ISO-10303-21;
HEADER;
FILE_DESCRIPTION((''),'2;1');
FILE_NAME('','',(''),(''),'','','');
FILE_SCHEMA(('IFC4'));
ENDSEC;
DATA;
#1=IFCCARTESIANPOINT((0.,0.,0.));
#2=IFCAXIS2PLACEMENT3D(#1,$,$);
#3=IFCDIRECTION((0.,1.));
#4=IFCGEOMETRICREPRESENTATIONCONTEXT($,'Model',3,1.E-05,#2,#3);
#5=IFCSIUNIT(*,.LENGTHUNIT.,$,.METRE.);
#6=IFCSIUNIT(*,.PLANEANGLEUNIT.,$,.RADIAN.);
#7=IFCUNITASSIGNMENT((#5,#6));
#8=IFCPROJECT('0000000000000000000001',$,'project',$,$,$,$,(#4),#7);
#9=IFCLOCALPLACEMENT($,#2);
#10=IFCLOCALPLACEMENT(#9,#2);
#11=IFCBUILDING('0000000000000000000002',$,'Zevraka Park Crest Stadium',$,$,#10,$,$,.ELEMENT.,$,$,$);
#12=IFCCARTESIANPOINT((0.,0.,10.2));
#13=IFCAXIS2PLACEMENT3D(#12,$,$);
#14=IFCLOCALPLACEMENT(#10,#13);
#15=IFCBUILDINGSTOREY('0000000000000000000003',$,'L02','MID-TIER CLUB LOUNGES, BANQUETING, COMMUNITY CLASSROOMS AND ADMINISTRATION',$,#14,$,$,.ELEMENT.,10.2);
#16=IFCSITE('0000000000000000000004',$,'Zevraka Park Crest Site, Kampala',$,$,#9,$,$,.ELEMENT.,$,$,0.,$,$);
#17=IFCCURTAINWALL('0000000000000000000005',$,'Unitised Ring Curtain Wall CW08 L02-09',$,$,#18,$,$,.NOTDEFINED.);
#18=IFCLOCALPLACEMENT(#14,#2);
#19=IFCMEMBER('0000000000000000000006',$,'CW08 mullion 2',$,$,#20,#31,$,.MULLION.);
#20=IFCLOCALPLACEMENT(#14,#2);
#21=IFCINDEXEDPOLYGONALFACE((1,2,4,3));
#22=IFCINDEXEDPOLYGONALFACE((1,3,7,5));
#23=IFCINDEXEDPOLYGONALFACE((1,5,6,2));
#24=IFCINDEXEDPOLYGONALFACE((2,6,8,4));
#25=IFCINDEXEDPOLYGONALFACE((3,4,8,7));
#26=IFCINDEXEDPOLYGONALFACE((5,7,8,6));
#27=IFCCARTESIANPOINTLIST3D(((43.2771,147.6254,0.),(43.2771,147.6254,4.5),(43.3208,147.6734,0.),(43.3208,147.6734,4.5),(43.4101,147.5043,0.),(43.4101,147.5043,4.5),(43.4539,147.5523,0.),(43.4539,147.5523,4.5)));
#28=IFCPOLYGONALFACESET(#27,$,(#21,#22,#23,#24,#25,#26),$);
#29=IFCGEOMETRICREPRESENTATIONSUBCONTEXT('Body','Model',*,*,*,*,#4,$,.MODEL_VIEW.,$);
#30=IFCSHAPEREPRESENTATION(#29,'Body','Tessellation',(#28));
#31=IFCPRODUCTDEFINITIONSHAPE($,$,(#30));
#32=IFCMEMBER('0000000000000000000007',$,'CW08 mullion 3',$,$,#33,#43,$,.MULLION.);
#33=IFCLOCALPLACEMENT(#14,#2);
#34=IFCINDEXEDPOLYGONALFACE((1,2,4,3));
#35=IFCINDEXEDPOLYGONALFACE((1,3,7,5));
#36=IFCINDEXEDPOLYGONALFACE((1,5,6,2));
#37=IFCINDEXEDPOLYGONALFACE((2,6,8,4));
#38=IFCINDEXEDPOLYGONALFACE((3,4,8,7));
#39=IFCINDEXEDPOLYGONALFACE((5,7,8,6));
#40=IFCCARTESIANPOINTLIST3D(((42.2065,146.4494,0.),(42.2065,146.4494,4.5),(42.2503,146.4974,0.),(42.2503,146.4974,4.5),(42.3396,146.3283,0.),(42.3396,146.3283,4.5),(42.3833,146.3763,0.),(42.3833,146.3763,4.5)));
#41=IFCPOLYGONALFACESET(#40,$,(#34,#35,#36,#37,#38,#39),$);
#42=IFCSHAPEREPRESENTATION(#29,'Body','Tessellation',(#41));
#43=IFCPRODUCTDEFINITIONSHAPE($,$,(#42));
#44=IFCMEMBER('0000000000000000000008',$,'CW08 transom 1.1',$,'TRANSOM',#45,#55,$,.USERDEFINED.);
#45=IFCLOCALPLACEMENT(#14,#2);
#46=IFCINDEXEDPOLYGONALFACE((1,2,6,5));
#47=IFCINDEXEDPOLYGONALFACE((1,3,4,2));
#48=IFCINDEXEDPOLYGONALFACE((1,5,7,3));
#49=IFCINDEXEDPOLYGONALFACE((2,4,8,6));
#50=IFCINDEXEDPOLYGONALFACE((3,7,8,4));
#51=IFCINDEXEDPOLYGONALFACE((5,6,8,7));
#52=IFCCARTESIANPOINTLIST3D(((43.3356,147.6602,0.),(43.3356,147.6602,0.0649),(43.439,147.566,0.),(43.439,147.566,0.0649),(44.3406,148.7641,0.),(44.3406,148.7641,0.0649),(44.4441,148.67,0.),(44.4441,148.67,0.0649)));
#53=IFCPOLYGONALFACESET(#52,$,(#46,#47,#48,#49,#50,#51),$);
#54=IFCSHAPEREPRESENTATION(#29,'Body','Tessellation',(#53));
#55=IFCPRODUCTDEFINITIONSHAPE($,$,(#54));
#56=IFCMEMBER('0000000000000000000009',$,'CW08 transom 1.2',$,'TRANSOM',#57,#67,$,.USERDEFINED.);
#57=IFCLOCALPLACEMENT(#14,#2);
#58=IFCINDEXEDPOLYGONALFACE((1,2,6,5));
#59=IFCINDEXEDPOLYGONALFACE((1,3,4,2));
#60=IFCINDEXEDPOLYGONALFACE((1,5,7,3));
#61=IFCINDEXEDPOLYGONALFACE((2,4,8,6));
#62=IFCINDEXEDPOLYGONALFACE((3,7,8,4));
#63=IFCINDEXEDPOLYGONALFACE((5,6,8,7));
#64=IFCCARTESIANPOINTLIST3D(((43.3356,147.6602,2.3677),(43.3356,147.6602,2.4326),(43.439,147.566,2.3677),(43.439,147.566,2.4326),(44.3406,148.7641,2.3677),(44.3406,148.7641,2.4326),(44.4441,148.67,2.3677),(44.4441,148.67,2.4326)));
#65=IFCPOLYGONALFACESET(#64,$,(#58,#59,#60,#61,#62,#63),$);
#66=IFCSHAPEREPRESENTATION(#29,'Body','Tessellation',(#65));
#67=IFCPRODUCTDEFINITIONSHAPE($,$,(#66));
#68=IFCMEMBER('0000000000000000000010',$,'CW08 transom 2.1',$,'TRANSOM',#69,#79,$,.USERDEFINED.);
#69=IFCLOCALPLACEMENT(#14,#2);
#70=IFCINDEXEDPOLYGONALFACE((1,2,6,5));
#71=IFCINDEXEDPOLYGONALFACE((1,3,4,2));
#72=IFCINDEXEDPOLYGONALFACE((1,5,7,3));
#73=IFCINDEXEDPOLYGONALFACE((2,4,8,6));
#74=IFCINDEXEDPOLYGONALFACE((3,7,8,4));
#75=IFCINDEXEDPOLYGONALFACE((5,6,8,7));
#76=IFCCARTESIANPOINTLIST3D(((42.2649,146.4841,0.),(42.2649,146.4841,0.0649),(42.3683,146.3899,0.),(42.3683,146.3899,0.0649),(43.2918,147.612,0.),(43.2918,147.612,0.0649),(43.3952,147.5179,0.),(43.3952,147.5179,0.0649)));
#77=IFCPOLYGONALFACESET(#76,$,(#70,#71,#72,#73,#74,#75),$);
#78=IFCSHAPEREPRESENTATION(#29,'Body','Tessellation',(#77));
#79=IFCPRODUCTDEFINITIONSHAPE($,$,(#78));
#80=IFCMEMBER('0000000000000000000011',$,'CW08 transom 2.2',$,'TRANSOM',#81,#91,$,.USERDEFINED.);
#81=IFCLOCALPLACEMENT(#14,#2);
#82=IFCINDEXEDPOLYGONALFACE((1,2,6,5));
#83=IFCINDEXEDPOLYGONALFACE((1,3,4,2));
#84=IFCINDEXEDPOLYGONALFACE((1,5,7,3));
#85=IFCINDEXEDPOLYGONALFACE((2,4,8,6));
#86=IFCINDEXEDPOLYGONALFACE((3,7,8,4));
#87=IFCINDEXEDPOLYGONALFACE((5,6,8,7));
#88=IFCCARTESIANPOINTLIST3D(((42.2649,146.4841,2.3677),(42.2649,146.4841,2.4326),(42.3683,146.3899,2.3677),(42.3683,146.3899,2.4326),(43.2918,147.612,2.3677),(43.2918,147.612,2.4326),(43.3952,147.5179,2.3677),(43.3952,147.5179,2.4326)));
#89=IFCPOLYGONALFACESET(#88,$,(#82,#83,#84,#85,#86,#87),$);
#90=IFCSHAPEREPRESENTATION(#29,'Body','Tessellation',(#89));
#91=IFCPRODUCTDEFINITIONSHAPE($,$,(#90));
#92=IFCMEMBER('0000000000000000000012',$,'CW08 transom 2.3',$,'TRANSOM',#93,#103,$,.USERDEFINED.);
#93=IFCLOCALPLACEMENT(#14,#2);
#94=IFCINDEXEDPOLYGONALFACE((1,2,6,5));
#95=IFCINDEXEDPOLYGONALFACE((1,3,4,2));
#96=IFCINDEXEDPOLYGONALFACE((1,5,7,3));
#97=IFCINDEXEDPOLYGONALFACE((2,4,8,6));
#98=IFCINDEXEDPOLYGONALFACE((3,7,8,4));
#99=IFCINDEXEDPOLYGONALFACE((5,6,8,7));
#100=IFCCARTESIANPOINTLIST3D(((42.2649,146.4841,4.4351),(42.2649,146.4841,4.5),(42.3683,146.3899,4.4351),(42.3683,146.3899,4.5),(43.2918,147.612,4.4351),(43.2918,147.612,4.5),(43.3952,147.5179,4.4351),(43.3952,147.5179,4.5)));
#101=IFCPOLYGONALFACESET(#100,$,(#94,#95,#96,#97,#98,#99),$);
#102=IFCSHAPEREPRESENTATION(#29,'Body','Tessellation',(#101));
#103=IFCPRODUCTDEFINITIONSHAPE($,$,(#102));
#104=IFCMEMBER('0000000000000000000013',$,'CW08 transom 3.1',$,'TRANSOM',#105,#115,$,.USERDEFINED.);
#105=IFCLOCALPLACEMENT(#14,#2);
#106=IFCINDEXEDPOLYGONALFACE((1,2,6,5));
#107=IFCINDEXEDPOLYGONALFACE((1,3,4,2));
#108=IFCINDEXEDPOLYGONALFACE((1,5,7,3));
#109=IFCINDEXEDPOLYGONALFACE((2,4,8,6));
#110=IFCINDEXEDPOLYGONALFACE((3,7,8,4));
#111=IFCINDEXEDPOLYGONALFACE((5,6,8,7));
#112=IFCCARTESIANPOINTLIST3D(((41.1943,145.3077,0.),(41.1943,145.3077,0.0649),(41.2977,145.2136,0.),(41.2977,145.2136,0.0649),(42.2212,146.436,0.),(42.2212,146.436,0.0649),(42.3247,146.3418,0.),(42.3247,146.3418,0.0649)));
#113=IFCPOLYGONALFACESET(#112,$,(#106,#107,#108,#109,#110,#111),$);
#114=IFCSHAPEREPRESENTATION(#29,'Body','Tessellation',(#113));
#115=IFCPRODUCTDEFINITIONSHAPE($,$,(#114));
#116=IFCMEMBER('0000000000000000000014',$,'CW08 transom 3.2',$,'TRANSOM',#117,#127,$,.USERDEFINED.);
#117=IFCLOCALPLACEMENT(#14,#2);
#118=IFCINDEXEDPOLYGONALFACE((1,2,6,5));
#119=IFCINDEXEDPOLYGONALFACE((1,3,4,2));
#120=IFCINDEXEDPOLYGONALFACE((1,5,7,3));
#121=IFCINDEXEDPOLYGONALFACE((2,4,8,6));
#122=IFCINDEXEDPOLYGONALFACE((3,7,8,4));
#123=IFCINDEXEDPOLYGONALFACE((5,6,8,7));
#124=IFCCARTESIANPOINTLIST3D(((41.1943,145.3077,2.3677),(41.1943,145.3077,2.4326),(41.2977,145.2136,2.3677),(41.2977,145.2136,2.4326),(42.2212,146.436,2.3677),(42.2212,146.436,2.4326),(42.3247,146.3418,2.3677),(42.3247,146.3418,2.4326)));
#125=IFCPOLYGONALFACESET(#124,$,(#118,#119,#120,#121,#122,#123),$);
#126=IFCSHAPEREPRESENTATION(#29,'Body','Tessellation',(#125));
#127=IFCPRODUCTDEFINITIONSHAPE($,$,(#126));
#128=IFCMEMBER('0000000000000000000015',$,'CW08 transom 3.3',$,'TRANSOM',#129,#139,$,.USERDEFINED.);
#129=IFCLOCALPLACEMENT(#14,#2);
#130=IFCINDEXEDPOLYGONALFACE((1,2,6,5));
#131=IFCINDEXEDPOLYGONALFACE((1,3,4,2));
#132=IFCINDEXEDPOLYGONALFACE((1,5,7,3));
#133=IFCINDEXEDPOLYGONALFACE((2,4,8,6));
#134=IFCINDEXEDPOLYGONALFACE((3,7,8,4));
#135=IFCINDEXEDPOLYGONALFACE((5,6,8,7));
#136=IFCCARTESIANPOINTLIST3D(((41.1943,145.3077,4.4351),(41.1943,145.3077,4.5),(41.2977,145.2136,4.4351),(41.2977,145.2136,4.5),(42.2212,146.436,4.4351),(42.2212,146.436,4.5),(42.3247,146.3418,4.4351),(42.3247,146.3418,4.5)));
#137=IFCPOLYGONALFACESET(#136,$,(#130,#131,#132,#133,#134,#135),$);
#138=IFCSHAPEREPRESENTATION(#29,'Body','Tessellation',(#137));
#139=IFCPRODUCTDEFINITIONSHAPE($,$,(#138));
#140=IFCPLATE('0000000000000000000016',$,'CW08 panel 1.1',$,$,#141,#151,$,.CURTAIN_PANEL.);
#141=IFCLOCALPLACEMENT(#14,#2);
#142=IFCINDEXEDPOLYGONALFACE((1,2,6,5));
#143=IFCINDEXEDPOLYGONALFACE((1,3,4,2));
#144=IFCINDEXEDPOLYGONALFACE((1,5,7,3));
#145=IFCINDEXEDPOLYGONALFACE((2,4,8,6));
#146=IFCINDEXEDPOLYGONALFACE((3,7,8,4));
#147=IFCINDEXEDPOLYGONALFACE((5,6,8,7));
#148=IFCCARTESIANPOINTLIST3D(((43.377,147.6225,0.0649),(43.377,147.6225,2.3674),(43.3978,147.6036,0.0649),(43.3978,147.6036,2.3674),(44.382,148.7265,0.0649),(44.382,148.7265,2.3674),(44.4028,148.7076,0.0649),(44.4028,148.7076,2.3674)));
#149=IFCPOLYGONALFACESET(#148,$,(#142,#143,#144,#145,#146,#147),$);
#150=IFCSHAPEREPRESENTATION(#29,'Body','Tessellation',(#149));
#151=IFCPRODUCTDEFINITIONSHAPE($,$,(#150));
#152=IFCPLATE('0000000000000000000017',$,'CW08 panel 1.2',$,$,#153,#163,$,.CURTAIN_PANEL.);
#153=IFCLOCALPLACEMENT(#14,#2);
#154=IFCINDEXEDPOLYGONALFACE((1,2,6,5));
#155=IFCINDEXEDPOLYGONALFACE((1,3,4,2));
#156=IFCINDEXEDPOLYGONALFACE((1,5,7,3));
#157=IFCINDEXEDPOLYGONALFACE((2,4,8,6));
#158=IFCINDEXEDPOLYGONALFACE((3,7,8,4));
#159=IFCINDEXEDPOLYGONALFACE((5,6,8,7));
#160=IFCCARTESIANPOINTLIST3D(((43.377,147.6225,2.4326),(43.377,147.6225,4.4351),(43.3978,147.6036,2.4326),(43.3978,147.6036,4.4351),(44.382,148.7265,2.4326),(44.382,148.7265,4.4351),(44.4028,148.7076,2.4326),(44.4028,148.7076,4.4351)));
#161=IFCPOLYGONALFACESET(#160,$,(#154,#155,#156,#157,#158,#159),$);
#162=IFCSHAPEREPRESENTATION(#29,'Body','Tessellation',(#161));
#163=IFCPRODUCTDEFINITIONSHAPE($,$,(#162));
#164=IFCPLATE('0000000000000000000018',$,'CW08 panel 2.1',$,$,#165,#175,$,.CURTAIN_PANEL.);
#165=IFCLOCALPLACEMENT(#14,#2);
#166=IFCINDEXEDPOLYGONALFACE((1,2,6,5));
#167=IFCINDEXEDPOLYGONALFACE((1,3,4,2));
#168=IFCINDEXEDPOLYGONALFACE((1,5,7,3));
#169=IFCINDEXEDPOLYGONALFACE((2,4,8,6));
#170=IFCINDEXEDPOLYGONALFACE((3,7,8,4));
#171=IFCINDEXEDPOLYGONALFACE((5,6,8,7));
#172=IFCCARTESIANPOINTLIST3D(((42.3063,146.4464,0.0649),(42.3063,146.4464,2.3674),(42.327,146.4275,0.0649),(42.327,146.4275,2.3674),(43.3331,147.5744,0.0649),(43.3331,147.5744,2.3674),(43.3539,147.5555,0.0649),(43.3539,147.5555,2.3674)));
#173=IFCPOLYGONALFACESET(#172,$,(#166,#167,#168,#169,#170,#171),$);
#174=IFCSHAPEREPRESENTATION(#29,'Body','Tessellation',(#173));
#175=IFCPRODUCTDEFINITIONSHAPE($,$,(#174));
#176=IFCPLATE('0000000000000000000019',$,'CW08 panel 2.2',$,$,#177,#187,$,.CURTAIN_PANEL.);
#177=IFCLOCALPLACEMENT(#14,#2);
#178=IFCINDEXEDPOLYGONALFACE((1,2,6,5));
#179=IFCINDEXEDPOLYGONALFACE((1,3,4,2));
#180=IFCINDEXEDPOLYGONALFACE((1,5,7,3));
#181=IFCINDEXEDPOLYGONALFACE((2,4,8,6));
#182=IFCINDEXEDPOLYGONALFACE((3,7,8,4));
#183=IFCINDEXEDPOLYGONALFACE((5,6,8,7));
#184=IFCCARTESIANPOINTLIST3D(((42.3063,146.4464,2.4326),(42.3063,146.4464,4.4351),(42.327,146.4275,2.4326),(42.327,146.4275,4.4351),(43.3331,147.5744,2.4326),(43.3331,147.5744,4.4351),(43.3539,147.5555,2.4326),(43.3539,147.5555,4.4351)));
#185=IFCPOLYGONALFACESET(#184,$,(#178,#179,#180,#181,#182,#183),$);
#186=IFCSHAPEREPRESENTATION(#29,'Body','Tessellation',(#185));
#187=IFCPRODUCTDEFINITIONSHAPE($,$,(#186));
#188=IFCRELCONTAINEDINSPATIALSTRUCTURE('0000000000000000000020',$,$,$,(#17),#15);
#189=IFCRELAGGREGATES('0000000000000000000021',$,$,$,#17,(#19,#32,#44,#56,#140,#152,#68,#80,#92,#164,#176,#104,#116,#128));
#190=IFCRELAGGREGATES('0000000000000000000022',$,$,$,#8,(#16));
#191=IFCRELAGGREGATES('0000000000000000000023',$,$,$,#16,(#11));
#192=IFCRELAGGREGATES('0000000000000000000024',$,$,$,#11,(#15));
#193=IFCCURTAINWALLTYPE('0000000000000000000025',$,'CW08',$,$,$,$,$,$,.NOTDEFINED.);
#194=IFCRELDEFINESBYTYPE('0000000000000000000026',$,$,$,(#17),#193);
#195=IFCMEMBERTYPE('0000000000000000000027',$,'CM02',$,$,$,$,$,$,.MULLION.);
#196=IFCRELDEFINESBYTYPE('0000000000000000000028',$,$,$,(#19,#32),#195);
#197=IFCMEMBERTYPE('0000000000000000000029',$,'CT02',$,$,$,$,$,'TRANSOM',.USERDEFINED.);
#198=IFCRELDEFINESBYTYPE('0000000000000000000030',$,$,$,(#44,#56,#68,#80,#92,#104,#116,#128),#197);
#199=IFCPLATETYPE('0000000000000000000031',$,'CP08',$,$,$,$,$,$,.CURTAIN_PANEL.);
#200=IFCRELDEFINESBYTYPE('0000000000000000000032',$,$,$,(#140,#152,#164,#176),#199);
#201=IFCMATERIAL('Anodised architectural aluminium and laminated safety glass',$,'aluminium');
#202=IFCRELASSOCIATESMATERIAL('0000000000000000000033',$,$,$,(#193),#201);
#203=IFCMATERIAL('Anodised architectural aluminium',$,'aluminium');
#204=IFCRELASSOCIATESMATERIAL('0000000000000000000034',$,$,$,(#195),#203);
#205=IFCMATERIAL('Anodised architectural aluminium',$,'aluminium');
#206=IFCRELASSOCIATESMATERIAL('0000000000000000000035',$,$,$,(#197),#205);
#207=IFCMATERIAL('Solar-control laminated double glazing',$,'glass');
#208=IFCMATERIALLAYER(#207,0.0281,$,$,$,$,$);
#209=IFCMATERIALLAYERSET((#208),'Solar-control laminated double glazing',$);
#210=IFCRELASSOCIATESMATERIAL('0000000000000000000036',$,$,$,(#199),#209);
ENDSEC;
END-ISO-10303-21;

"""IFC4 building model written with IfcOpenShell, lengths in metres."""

from ifc_helpers import new_model, si_unit, direction, frame, origin, origin_2d, place, context, subcontext, project, spatial, rectangle, extrude, material, layer, layer_set, material_profile, profile_set, type_object, element, aggregate, save


model = new_model("IFC4")

# Units and contexts
model_context = context("Model", 3, precision=1e-05, world=origin(), true_north=direction((0.0, 1.0)))
body_context = subcontext(model_context, "Body", "Model", "MODEL_VIEW")
ifc_project = project(units=[si_unit("LENGTHUNIT", "METRE"), si_unit("PLANEANGLEUNIT", "RADIAN")], contexts=[model_context])

# Site, building, storey
site_placement = place(None, origin())
site = spatial("IfcSite", under=ifc_project, at=site_placement, Name="Zevraka Park Crest Site, Kampala", CompositionType="ELEMENT", RefElevation=0.0)
building_placement = place(site_placement, origin())
building = spatial("IfcBuilding", under=site, at=building_placement, Name="Zevraka Park Crest Stadium", CompositionType="ELEMENT")
storey_placement = place(building_placement, frame((0.0, 0.0, 10.2)))
storey = spatial("IfcBuildingStorey", under=building, at=storey_placement, Name="L02", Description="MID-TIER CLUB LOUNGES, BANQUETING, COMMUNITY CLASSROOMS AND ADMINISTRATION", CompositionType="ELEMENT", Elevation=10.2)

# Curtain wall, members, plates
ifc_material_1 = material(Name="Anodised architectural aluminium and laminated safety glass", Category="aluminium")
curtain_wall_type = type_object("IfcCurtainWallType", Name="CW08", PredefinedType="NOTDEFINED", material=ifc_material_1)
curtain_wall_placement = place(storey_placement, origin())
curtain_wall = element("IfcCurtainWall", 1, at=curtain_wall_placement, inside=storey, type_object=curtain_wall_type, Name="Unitised Ring Curtain Wall CW08 L02-09", PredefinedType="NOTDEFINED")
ifc_material_2 = material(Name="Anodised architectural aluminium", Category="aluminium")
ifc_material_profile_1 = material_profile(ifc_material_2, rectangle(XDim=0.1799, YDim=0.0649, at=origin_2d()), Name="ALU MULLION 180x65")
ifc_profile_set_1 = profile_set([ifc_material_profile_1], Name="Anodised architectural aluminium")
member_type_1 = type_object("IfcMemberType", Name="CM02", PredefinedType="MULLION", material=ifc_profile_set_1)
member_1_placement = place(storey_placement, frame((43.3655, 147.5889, 0.0), z_axis=(0.0, 0.0, 1.0), x_axis=(0.739497, -0.67316, 0.0)))
member_1 = element("IfcMember", 2, at=member_1_placement, type_object=member_type_1, Name="CW08 mullion 2", PredefinedType="MULLION", context=body_context, shape_type="SweptSolid", body=[
    extrude(rectangle(XDim=0.1799, YDim=0.0649, at=origin_2d()), origin(), (0.0, 0.0, 1.0), 4.5),
])
member_2_placement = place(storey_placement, frame((42.2949, 146.4128, 0.0), z_axis=(0.0, 0.0, 1.0), x_axis=(0.739497, -0.67316, 0.0)))
member_2 = element("IfcMember", 3, at=member_2_placement, type_object=member_type_1, Name="CW08 mullion 3", PredefinedType="MULLION", context=body_context, shape_type="SweptSolid", body=[
    extrude(rectangle(XDim=0.1799, YDim=0.0649, at=origin_2d()), origin(), (0.0, 0.0, 1.0), 4.5),
])
ifc_material_3 = material(Name="Anodised architectural aluminium", Category="aluminium")
ifc_material_profile_2 = material_profile(ifc_material_3, rectangle(XDim=0.1399, YDim=0.0649, at=origin_2d()), Name="ALU TRANSOM 140x65")
ifc_profile_set_2 = profile_set([ifc_material_profile_2], Name="Anodised architectural aluminium")
member_type_2 = type_object("IfcMemberType", Name="CT02", ElementType="TRANSOM", PredefinedType="USERDEFINED", material=ifc_profile_set_2)
member_3_placement = place(storey_placement, frame((44.3923, 148.717, 0.0325), z_axis=(-0.673218, -0.739444, 0.0), x_axis=(0.739444, -0.673218, 0.0)))
member_3 = element("IfcMember", 4, at=member_3_placement, type_object=member_type_2, Name="CW08 transom 1.1", ObjectType="TRANSOM", PredefinedType="USERDEFINED", context=body_context, shape_type="SweptSolid", body=[
    extrude(rectangle(XDim=0.1399, YDim=0.0649, at=origin_2d()), origin(), (0.0, 0.0, 1.0), 1.4929),
])
member_4_placement = place(storey_placement, frame((44.3923, 148.717, 2.4001), z_axis=(-0.673218, -0.739444, 0.0), x_axis=(0.739444, -0.673218, 0.0)))
member_4 = element("IfcMember", 5, at=member_4_placement, type_object=member_type_2, Name="CW08 transom 1.2", ObjectType="TRANSOM", PredefinedType="USERDEFINED", context=body_context, shape_type="SweptSolid", body=[
    extrude(rectangle(XDim=0.1399, YDim=0.0649, at=origin_2d()), origin(), (0.0, 0.0, 1.0), 1.4929),
])
member_5_placement = place(storey_placement, frame((43.3435, 147.5649, 0.0325), z_axis=(-0.673198, -0.739462, 0.0), x_axis=(0.739462, -0.673198, 0.0)))
member_5 = element("IfcMember", 6, at=member_5_placement, type_object=member_type_2, Name="CW08 transom 2.1", ObjectType="TRANSOM", PredefinedType="USERDEFINED", context=body_context, shape_type="SweptSolid", body=[
    extrude(rectangle(XDim=0.1399, YDim=0.0649, at=origin_2d()), origin(), (0.0, 0.0, 1.0), 1.5254),
])
member_6_placement = place(storey_placement, frame((43.3435, 147.5649, 2.4001), z_axis=(-0.673198, -0.739462, 0.0), x_axis=(0.739462, -0.673198, 0.0)))
member_6 = element("IfcMember", 7, at=member_6_placement, type_object=member_type_2, Name="CW08 transom 2.2", ObjectType="TRANSOM", PredefinedType="USERDEFINED", context=body_context, shape_type="SweptSolid", body=[
    extrude(rectangle(XDim=0.1399, YDim=0.0649, at=origin_2d()), origin(), (0.0, 0.0, 1.0), 1.5254),
])
member_7_placement = place(storey_placement, frame((43.3435, 147.5649, 4.4675), z_axis=(-0.673198, -0.739462, 0.0), x_axis=(0.739462, -0.673198, 0.0)))
member_7 = element("IfcMember", 8, at=member_7_placement, type_object=member_type_2, Name="CW08 transom 2.3", ObjectType="TRANSOM", PredefinedType="USERDEFINED", context=body_context, shape_type="SweptSolid", body=[
    extrude(rectangle(XDim=0.1399, YDim=0.0649, at=origin_2d()), origin(), (0.0, 0.0, 1.0), 1.5254),
])
member_8_placement = place(storey_placement, frame((42.2729, 146.3889, 0.0325), z_axis=(-0.673119, -0.739534, 0.0), x_axis=(0.739534, -0.673119, 0.0)))
member_8 = element("IfcMember", 9, at=member_8_placement, type_object=member_type_2, Name="CW08 transom 3.1", ObjectType="TRANSOM", PredefinedType="USERDEFINED", context=body_context, shape_type="SweptSolid", body=[
    extrude(rectangle(XDim=0.1399, YDim=0.0649, at=origin_2d()), origin(), (0.0, 0.0, 1.0), 1.5256),
])
member_9_placement = place(storey_placement, frame((42.2729, 146.3889, 2.4001), z_axis=(-0.673119, -0.739534, 0.0), x_axis=(0.739534, -0.673119, 0.0)))
member_9 = element("IfcMember", 10, at=member_9_placement, type_object=member_type_2, Name="CW08 transom 3.2", ObjectType="TRANSOM", PredefinedType="USERDEFINED", context=body_context, shape_type="SweptSolid", body=[
    extrude(rectangle(XDim=0.1399, YDim=0.0649, at=origin_2d()), origin(), (0.0, 0.0, 1.0), 1.5256),
])
member_10_placement = place(storey_placement, frame((42.2729, 146.3889, 4.4675), z_axis=(-0.673119, -0.739534, 0.0), x_axis=(0.739534, -0.673119, 0.0)))
member_10 = element("IfcMember", 11, at=member_10_placement, type_object=member_type_2, Name="CW08 transom 3.3", ObjectType="TRANSOM", PredefinedType="USERDEFINED", context=body_context, shape_type="SweptSolid", body=[
    extrude(rectangle(XDim=0.1399, YDim=0.0649, at=origin_2d()), origin(), (0.0, 0.0, 1.0), 1.5256),
])
ifc_material_4 = material(Name="Solar-control laminated double glazing", Category="glass")
ifc_layer_1 = layer(ifc_material_4, 0.0281)
ifc_layer_set_1 = layer_set([ifc_layer_1], Name="Solar-control laminated double glazing")
plate_type = type_object("IfcPlateType", Name="CP08", PredefinedType="CURTAIN_PANEL", material=ifc_layer_set_1)
plate_1_placement = place(storey_placement, frame((43.8899, 148.165, 0.0649), z_axis=(0.0, 0.0, 1.0), x_axis=(-0.67316, -0.739497, 0.0)))
plate_1 = element("IfcPlate", 12, at=plate_1_placement, type_object=plate_type, Name="CW08 panel 1.1", PredefinedType="CURTAIN_PANEL", context=body_context, shape_type="SweptSolid", body=[
    extrude(rectangle(XDim=1.4929, YDim=0.0281, at=origin_2d()), origin(), (0.0, 0.0, 1.0), 2.3025),
])
plate_2_placement = place(storey_placement, frame((43.8899, 148.165, 2.4326), z_axis=(0.0, 0.0, 1.0), x_axis=(-0.67316, -0.739497, 0.0)))
plate_2 = element("IfcPlate", 13, at=plate_2_placement, type_object=plate_type, Name="CW08 panel 1.2", PredefinedType="CURTAIN_PANEL", context=body_context, shape_type="SweptSolid", body=[
    extrude(rectangle(XDim=1.4929, YDim=0.0281, at=origin_2d()), origin(), (0.0, 0.0, 1.0), 2.0024),
])
plate_3_placement = place(storey_placement, frame((42.8301, 147.001, 0.0649), z_axis=(0.0, 0.0, 1.0), x_axis=(-0.67316, -0.739497, 0.0)))
plate_3 = element("IfcPlate", 14, at=plate_3_placement, type_object=plate_type, Name="CW08 panel 2.1", PredefinedType="CURTAIN_PANEL", context=body_context, shape_type="SweptSolid", body=[
    extrude(rectangle(XDim=1.5254, YDim=0.0281, at=origin_2d()), origin(), (0.0, 0.0, 1.0), 2.3025),
])
plate_4_placement = place(storey_placement, frame((42.8301, 147.001, 2.4326), z_axis=(0.0, 0.0, 1.0), x_axis=(-0.67316, -0.739497, 0.0)))
plate_4 = element("IfcPlate", 15, at=plate_4_placement, type_object=plate_type, Name="CW08 panel 2.2", PredefinedType="CURTAIN_PANEL", context=body_context, shape_type="SweptSolid", body=[
    extrude(rectangle(XDim=1.5254, YDim=0.0281, at=origin_2d()), origin(), (0.0, 0.0, 1.0), 2.0024),
])
aggregate(curtain_wall, [member_1, member_2, member_3, member_4, plate_1, plate_2, member_5, member_6, member_7, plate_3, plate_4, member_8, member_9, member_10])

save(model, "model.ifc")
